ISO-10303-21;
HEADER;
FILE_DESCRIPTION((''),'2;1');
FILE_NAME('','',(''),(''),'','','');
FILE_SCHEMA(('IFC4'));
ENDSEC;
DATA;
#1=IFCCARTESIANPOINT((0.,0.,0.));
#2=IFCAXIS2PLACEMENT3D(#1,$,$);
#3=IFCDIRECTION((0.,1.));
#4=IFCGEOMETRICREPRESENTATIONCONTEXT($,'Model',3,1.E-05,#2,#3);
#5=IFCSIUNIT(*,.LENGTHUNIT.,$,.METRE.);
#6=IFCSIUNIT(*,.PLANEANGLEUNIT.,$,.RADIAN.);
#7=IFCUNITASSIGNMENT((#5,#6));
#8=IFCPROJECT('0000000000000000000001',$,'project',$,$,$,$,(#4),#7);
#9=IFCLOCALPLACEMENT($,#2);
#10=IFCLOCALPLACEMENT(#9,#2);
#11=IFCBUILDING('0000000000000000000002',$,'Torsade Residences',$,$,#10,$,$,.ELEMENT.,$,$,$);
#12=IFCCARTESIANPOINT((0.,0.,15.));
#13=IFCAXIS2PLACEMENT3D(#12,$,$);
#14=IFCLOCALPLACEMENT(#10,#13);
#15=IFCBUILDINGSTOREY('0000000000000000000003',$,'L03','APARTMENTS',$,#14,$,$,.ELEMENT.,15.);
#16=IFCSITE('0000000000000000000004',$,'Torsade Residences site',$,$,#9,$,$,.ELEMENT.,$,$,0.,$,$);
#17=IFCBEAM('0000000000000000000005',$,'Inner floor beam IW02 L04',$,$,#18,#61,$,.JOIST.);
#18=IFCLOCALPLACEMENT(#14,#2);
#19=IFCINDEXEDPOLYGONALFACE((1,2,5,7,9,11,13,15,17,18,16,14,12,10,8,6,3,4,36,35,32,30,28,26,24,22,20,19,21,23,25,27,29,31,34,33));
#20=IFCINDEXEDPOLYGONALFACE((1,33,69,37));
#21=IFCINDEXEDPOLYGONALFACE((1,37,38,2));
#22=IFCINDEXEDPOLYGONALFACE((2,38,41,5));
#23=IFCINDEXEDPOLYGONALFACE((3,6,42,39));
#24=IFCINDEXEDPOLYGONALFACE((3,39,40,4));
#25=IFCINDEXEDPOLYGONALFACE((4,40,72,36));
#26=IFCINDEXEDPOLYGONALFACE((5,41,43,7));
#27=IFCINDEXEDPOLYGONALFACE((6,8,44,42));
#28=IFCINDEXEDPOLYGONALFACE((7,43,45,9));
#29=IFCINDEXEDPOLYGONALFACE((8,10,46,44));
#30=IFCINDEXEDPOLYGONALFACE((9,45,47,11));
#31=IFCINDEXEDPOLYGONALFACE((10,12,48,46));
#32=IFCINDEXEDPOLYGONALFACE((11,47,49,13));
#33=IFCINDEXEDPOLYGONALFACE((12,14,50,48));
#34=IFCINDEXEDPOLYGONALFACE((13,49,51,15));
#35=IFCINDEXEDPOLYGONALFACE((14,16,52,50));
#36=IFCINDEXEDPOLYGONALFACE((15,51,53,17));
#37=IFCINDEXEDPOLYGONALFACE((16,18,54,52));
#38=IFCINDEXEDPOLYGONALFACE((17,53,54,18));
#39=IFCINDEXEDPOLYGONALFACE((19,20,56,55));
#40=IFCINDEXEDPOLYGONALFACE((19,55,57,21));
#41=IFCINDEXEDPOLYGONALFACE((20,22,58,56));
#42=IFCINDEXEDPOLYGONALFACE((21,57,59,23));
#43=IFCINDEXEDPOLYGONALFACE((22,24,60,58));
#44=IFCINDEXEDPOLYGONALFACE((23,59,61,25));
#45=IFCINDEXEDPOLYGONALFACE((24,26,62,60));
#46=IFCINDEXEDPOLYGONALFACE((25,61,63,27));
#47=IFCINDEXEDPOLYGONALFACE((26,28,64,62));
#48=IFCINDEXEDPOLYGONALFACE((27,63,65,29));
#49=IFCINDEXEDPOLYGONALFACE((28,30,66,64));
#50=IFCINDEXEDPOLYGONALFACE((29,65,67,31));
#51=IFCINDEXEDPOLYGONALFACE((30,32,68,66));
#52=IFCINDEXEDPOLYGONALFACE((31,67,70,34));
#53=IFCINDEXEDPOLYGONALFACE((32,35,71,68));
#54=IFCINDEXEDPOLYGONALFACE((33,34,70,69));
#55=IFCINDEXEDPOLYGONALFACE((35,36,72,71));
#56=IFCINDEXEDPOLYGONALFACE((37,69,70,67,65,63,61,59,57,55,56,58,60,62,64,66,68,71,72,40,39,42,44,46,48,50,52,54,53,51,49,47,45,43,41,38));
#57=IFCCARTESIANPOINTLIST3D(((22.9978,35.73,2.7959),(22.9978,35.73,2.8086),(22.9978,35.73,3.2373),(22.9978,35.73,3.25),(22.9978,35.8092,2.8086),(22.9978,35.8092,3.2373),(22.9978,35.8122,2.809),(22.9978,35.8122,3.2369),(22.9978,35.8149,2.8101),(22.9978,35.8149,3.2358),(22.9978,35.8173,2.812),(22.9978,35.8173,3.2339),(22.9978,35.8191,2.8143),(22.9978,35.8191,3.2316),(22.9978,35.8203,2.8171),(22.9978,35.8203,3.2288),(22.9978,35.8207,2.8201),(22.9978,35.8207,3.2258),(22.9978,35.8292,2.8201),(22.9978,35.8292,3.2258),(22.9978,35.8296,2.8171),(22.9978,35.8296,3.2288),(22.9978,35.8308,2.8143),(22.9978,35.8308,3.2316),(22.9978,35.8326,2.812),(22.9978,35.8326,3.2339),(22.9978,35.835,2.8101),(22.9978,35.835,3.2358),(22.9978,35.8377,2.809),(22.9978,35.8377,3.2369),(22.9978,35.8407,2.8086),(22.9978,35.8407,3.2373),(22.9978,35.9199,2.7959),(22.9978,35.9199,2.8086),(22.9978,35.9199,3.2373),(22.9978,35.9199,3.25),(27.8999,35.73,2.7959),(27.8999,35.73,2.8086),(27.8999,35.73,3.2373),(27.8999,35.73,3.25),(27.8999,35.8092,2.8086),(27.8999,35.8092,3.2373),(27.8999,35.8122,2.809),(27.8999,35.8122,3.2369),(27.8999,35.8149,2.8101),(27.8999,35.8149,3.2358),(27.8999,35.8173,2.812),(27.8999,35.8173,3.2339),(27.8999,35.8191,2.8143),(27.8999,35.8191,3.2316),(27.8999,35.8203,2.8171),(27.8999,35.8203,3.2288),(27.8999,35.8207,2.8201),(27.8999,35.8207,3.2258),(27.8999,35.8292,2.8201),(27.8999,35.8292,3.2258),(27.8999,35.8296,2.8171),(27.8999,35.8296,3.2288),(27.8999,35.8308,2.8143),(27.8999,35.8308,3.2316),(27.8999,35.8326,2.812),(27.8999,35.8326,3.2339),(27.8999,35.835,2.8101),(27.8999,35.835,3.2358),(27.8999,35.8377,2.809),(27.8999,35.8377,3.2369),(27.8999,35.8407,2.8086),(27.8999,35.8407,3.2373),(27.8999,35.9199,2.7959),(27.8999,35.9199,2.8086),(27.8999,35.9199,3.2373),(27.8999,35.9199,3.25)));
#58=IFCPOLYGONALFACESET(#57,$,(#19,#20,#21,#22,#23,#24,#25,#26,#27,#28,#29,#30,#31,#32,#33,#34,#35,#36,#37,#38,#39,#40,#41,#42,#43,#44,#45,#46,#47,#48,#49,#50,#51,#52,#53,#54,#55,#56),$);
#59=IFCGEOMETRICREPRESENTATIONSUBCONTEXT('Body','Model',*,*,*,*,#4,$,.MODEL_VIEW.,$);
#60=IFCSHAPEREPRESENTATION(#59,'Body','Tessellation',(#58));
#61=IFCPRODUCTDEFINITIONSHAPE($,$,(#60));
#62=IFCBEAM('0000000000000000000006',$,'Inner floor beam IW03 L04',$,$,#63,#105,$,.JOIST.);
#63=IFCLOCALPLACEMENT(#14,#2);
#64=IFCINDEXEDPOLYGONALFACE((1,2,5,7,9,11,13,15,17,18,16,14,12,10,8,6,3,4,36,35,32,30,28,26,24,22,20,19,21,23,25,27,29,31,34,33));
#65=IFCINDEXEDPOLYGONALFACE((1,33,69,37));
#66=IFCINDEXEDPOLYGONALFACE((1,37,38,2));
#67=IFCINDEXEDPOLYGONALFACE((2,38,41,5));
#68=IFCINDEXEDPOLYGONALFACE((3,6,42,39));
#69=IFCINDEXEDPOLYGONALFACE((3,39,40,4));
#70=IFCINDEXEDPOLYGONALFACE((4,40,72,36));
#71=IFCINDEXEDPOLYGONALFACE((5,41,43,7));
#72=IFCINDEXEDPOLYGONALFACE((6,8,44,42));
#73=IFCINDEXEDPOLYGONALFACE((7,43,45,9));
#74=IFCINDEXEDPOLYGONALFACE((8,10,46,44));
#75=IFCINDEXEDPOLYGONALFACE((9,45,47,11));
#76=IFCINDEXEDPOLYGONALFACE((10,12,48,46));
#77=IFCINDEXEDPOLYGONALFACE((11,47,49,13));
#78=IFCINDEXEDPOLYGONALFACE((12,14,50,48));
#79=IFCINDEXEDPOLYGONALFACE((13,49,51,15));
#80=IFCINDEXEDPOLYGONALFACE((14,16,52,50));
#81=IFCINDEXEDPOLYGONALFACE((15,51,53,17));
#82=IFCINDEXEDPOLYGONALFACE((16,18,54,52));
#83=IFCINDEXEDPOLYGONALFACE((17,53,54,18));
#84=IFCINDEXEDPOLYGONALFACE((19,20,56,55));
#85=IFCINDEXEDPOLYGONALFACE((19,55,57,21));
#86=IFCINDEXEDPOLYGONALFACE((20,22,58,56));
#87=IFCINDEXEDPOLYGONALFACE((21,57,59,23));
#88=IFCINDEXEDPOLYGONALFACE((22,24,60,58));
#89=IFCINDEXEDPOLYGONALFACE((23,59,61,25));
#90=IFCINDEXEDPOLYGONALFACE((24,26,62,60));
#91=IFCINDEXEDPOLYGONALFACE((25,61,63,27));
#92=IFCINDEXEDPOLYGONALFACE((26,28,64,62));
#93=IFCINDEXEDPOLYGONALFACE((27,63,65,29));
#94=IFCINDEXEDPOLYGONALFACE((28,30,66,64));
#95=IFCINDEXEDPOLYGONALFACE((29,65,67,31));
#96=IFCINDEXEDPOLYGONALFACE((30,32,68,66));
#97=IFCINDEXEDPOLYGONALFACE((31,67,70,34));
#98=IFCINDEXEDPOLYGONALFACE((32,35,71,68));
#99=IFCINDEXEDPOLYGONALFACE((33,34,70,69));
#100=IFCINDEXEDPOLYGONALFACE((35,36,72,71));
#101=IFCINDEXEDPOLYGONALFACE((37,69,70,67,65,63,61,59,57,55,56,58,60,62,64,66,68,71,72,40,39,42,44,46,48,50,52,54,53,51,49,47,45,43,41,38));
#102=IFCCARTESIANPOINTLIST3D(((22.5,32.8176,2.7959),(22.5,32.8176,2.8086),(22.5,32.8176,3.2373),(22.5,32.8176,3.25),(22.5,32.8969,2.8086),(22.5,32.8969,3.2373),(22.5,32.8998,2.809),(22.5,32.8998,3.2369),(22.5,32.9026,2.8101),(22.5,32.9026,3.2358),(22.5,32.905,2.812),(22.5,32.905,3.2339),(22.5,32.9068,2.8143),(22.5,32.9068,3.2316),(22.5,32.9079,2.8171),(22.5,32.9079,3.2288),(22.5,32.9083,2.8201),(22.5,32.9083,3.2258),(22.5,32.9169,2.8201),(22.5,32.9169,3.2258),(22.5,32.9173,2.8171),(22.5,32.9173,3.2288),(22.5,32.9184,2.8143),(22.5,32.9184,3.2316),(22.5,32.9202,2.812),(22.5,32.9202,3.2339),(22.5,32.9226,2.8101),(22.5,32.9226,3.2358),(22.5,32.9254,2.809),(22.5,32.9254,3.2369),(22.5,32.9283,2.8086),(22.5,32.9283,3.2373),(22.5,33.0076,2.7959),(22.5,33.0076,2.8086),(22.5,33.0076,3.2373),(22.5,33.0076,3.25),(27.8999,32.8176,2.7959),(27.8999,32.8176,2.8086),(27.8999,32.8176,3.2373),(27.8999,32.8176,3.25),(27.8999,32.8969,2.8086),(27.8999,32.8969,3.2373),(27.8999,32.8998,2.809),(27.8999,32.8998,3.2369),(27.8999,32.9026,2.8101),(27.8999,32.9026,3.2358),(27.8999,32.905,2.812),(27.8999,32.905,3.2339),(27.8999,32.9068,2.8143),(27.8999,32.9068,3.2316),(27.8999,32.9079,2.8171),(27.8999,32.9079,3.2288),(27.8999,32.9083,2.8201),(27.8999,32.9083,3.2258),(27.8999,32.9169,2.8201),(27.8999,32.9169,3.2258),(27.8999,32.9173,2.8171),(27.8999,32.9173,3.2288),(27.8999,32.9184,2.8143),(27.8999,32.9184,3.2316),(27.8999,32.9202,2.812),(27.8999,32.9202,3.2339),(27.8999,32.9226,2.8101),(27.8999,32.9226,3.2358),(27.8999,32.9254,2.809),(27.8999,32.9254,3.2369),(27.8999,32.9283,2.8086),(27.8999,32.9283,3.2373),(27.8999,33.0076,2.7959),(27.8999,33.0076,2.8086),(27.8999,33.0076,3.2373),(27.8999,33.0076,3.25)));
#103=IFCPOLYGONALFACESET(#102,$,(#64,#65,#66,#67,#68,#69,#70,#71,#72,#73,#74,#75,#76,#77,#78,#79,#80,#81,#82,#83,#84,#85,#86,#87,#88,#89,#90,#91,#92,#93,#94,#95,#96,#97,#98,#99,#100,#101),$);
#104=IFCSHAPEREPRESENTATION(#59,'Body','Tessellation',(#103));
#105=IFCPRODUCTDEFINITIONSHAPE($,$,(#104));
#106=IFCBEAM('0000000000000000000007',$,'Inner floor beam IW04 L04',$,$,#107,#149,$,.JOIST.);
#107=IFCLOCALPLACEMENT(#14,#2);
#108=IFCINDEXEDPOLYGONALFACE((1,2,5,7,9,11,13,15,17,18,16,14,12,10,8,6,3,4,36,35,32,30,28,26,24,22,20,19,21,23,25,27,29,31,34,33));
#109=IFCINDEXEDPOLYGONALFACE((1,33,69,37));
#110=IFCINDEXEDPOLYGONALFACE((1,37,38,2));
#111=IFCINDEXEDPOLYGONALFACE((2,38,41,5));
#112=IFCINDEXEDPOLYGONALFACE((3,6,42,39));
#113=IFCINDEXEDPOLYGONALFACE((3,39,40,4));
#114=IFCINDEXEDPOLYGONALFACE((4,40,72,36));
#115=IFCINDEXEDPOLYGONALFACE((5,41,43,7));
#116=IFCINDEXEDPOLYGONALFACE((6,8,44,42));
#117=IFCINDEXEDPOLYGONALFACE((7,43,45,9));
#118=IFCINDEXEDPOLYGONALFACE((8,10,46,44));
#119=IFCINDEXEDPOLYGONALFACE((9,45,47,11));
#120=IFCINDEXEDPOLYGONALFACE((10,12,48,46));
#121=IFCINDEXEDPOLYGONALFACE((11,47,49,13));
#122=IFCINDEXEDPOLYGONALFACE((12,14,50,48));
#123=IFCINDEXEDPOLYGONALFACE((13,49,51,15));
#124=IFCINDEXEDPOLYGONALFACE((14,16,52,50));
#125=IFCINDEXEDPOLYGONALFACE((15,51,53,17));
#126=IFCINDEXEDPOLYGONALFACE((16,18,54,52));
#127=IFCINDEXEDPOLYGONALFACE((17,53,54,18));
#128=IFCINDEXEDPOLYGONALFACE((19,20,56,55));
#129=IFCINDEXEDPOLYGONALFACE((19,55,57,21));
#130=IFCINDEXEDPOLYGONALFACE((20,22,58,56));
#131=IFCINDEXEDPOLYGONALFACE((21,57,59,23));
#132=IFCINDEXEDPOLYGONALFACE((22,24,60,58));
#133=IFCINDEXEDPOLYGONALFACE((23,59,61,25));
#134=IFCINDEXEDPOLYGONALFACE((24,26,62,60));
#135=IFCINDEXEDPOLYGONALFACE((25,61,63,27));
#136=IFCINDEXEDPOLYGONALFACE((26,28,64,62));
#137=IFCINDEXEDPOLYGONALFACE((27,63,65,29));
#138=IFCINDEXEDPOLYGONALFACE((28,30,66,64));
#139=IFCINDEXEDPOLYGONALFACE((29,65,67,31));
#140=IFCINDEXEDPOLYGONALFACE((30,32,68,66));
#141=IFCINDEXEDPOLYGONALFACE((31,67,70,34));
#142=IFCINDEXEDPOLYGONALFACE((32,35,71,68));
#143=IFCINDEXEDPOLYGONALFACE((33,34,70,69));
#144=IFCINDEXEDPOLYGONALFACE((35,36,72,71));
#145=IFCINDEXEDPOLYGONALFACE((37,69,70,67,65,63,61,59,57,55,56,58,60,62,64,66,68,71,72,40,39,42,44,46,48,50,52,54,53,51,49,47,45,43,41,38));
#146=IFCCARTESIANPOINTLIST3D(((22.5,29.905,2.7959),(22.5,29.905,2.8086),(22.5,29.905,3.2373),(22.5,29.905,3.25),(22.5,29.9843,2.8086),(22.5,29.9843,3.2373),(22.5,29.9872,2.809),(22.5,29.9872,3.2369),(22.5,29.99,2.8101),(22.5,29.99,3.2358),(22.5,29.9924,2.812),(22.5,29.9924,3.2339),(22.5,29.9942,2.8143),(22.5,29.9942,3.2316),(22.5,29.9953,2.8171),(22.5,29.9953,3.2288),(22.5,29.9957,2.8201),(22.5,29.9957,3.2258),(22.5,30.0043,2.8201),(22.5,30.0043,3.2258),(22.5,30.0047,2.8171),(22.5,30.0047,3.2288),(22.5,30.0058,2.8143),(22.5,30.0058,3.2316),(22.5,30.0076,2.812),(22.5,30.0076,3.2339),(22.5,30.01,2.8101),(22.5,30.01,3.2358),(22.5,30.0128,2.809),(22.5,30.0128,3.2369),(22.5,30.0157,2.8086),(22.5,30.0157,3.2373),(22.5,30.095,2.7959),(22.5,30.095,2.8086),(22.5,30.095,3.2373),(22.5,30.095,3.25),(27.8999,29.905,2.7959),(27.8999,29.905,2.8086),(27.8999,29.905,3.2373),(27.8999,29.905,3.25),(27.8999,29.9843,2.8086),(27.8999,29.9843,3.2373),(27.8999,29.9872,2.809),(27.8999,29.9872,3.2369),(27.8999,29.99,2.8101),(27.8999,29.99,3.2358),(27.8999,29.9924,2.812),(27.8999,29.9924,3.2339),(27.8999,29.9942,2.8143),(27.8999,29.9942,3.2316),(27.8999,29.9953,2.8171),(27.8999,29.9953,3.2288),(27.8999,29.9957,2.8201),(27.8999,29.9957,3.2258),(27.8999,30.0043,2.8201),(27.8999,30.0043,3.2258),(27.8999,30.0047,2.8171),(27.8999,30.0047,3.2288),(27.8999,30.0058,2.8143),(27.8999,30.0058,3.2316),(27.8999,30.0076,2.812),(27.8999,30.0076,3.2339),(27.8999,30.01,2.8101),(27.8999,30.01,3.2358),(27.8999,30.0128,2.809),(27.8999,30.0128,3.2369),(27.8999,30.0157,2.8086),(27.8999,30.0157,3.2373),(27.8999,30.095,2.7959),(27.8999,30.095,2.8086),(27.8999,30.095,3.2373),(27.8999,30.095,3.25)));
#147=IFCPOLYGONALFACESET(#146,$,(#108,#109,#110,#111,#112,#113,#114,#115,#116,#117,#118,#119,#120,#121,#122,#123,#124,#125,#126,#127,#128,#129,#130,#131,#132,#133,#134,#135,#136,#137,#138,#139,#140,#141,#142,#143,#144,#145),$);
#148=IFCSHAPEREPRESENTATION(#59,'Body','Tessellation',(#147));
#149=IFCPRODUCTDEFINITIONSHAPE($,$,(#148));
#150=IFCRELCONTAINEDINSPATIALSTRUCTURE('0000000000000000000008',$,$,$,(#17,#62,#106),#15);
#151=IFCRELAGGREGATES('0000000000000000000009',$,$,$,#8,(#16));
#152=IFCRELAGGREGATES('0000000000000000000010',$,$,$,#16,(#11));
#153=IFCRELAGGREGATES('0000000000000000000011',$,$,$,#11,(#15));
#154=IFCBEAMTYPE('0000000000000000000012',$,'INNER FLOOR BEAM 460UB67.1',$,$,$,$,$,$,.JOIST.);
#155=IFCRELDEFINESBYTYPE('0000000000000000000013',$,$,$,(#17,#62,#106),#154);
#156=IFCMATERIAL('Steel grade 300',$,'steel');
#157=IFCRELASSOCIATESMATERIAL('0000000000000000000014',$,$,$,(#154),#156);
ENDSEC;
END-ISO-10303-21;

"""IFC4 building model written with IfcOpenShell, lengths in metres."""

from ifc_helpers import new_model, si_unit, direction, frame, origin, origin_2d, place, context, subcontext, project, spatial, i_section, extrude, material, material_profile, profile_set, type_object, element, save


model = new_model("IFC4")

# Units and contexts
model_context = context("Model", 3, precision=1e-05, world=origin(), true_north=direction((0.0, 1.0)))
body_context = subcontext(model_context, "Body", "Model", "MODEL_VIEW")
ifc_project = project(units=[si_unit("LENGTHUNIT", "METRE"), si_unit("PLANEANGLEUNIT", "RADIAN")], contexts=[model_context])

# Site, building, storey
site_placement = place(None, origin())
site = spatial("IfcSite", under=ifc_project, at=site_placement, Name="Torsade Residences site", CompositionType="ELEMENT", RefElevation=0.0)
building_placement = place(site_placement, origin())
building = spatial("IfcBuilding", under=site, at=building_placement, Name="Torsade Residences", CompositionType="ELEMENT")
storey_placement = place(building_placement, frame((0.0, 0.0, 15.0)))
storey = spatial("IfcBuildingStorey", under=building, at=storey_placement, Name="L03", Description="APARTMENTS", CompositionType="ELEMENT", Elevation=15.0)

# Beams
ifc_material_1 = material(Name="Steel grade 300", Category="steel")
ifc_material_profile = material_profile(ifc_material_1, i_section(OverallWidth=0.1899, OverallDepth=0.4541, WebThickness=0.0085, FlangeThickness=0.0127, FilletRadius=0.0115, at=origin_2d()), Name="460UB67.1")
ifc_profile_set = profile_set([ifc_material_profile], Name="Steel grade 300")
beam_type = type_object("IfcBeamType", Name="INNER FLOOR BEAM 460UB67.1", PredefinedType="JOIST", material=ifc_profile_set)
beam_placement = place(storey_placement, frame((27.8999, 35.825, 3.0229), z_axis=(-1.0, 0.0, 0.0), x_axis=(0.0, -1.0, 0.0)))
element("IfcBeam", 1, at=beam_placement, inside=storey, type_object=beam_type, Name="Inner floor beam IW02 L04", PredefinedType="JOIST", context=body_context, shape_type="SweptSolid", body=[
    extrude(i_section(OverallWidth=0.1899, OverallDepth=0.4541, WebThickness=0.0085, FlangeThickness=0.0127, FilletRadius=0.0115, at=origin_2d()), origin(), (0.0, 0.0, 1.0), 4.9021),
])
for number, where, z_axis, x_axis, name in (
    (2, (27.8999, 32.9126, 3.0229), (-1.0, 0.0, 0.0), (0.0, -1.0, 0.0), "Inner floor beam IW03 L04"),
    (3, (27.8999, 30.0, 3.0229), (-1.0, 0.0, 0.0), (0.0, -1.0, 0.0), "Inner floor beam IW04 L04"),
):
    element("IfcBeam", number, at=place(storey_placement, frame(where, z_axis=z_axis, x_axis=x_axis)), inside=storey, type_object=beam_type, Name=name, PredefinedType="JOIST", context=body_context, shape_type="SweptSolid", body=[
        extrude(i_section(OverallWidth=0.1899, OverallDepth=0.4541, WebThickness=0.0085, FlangeThickness=0.0127, FilletRadius=0.0115, at=origin_2d()), origin(), (0.0, 0.0, 1.0), 5.3999),
    ])

save(model, "model.ifc")
